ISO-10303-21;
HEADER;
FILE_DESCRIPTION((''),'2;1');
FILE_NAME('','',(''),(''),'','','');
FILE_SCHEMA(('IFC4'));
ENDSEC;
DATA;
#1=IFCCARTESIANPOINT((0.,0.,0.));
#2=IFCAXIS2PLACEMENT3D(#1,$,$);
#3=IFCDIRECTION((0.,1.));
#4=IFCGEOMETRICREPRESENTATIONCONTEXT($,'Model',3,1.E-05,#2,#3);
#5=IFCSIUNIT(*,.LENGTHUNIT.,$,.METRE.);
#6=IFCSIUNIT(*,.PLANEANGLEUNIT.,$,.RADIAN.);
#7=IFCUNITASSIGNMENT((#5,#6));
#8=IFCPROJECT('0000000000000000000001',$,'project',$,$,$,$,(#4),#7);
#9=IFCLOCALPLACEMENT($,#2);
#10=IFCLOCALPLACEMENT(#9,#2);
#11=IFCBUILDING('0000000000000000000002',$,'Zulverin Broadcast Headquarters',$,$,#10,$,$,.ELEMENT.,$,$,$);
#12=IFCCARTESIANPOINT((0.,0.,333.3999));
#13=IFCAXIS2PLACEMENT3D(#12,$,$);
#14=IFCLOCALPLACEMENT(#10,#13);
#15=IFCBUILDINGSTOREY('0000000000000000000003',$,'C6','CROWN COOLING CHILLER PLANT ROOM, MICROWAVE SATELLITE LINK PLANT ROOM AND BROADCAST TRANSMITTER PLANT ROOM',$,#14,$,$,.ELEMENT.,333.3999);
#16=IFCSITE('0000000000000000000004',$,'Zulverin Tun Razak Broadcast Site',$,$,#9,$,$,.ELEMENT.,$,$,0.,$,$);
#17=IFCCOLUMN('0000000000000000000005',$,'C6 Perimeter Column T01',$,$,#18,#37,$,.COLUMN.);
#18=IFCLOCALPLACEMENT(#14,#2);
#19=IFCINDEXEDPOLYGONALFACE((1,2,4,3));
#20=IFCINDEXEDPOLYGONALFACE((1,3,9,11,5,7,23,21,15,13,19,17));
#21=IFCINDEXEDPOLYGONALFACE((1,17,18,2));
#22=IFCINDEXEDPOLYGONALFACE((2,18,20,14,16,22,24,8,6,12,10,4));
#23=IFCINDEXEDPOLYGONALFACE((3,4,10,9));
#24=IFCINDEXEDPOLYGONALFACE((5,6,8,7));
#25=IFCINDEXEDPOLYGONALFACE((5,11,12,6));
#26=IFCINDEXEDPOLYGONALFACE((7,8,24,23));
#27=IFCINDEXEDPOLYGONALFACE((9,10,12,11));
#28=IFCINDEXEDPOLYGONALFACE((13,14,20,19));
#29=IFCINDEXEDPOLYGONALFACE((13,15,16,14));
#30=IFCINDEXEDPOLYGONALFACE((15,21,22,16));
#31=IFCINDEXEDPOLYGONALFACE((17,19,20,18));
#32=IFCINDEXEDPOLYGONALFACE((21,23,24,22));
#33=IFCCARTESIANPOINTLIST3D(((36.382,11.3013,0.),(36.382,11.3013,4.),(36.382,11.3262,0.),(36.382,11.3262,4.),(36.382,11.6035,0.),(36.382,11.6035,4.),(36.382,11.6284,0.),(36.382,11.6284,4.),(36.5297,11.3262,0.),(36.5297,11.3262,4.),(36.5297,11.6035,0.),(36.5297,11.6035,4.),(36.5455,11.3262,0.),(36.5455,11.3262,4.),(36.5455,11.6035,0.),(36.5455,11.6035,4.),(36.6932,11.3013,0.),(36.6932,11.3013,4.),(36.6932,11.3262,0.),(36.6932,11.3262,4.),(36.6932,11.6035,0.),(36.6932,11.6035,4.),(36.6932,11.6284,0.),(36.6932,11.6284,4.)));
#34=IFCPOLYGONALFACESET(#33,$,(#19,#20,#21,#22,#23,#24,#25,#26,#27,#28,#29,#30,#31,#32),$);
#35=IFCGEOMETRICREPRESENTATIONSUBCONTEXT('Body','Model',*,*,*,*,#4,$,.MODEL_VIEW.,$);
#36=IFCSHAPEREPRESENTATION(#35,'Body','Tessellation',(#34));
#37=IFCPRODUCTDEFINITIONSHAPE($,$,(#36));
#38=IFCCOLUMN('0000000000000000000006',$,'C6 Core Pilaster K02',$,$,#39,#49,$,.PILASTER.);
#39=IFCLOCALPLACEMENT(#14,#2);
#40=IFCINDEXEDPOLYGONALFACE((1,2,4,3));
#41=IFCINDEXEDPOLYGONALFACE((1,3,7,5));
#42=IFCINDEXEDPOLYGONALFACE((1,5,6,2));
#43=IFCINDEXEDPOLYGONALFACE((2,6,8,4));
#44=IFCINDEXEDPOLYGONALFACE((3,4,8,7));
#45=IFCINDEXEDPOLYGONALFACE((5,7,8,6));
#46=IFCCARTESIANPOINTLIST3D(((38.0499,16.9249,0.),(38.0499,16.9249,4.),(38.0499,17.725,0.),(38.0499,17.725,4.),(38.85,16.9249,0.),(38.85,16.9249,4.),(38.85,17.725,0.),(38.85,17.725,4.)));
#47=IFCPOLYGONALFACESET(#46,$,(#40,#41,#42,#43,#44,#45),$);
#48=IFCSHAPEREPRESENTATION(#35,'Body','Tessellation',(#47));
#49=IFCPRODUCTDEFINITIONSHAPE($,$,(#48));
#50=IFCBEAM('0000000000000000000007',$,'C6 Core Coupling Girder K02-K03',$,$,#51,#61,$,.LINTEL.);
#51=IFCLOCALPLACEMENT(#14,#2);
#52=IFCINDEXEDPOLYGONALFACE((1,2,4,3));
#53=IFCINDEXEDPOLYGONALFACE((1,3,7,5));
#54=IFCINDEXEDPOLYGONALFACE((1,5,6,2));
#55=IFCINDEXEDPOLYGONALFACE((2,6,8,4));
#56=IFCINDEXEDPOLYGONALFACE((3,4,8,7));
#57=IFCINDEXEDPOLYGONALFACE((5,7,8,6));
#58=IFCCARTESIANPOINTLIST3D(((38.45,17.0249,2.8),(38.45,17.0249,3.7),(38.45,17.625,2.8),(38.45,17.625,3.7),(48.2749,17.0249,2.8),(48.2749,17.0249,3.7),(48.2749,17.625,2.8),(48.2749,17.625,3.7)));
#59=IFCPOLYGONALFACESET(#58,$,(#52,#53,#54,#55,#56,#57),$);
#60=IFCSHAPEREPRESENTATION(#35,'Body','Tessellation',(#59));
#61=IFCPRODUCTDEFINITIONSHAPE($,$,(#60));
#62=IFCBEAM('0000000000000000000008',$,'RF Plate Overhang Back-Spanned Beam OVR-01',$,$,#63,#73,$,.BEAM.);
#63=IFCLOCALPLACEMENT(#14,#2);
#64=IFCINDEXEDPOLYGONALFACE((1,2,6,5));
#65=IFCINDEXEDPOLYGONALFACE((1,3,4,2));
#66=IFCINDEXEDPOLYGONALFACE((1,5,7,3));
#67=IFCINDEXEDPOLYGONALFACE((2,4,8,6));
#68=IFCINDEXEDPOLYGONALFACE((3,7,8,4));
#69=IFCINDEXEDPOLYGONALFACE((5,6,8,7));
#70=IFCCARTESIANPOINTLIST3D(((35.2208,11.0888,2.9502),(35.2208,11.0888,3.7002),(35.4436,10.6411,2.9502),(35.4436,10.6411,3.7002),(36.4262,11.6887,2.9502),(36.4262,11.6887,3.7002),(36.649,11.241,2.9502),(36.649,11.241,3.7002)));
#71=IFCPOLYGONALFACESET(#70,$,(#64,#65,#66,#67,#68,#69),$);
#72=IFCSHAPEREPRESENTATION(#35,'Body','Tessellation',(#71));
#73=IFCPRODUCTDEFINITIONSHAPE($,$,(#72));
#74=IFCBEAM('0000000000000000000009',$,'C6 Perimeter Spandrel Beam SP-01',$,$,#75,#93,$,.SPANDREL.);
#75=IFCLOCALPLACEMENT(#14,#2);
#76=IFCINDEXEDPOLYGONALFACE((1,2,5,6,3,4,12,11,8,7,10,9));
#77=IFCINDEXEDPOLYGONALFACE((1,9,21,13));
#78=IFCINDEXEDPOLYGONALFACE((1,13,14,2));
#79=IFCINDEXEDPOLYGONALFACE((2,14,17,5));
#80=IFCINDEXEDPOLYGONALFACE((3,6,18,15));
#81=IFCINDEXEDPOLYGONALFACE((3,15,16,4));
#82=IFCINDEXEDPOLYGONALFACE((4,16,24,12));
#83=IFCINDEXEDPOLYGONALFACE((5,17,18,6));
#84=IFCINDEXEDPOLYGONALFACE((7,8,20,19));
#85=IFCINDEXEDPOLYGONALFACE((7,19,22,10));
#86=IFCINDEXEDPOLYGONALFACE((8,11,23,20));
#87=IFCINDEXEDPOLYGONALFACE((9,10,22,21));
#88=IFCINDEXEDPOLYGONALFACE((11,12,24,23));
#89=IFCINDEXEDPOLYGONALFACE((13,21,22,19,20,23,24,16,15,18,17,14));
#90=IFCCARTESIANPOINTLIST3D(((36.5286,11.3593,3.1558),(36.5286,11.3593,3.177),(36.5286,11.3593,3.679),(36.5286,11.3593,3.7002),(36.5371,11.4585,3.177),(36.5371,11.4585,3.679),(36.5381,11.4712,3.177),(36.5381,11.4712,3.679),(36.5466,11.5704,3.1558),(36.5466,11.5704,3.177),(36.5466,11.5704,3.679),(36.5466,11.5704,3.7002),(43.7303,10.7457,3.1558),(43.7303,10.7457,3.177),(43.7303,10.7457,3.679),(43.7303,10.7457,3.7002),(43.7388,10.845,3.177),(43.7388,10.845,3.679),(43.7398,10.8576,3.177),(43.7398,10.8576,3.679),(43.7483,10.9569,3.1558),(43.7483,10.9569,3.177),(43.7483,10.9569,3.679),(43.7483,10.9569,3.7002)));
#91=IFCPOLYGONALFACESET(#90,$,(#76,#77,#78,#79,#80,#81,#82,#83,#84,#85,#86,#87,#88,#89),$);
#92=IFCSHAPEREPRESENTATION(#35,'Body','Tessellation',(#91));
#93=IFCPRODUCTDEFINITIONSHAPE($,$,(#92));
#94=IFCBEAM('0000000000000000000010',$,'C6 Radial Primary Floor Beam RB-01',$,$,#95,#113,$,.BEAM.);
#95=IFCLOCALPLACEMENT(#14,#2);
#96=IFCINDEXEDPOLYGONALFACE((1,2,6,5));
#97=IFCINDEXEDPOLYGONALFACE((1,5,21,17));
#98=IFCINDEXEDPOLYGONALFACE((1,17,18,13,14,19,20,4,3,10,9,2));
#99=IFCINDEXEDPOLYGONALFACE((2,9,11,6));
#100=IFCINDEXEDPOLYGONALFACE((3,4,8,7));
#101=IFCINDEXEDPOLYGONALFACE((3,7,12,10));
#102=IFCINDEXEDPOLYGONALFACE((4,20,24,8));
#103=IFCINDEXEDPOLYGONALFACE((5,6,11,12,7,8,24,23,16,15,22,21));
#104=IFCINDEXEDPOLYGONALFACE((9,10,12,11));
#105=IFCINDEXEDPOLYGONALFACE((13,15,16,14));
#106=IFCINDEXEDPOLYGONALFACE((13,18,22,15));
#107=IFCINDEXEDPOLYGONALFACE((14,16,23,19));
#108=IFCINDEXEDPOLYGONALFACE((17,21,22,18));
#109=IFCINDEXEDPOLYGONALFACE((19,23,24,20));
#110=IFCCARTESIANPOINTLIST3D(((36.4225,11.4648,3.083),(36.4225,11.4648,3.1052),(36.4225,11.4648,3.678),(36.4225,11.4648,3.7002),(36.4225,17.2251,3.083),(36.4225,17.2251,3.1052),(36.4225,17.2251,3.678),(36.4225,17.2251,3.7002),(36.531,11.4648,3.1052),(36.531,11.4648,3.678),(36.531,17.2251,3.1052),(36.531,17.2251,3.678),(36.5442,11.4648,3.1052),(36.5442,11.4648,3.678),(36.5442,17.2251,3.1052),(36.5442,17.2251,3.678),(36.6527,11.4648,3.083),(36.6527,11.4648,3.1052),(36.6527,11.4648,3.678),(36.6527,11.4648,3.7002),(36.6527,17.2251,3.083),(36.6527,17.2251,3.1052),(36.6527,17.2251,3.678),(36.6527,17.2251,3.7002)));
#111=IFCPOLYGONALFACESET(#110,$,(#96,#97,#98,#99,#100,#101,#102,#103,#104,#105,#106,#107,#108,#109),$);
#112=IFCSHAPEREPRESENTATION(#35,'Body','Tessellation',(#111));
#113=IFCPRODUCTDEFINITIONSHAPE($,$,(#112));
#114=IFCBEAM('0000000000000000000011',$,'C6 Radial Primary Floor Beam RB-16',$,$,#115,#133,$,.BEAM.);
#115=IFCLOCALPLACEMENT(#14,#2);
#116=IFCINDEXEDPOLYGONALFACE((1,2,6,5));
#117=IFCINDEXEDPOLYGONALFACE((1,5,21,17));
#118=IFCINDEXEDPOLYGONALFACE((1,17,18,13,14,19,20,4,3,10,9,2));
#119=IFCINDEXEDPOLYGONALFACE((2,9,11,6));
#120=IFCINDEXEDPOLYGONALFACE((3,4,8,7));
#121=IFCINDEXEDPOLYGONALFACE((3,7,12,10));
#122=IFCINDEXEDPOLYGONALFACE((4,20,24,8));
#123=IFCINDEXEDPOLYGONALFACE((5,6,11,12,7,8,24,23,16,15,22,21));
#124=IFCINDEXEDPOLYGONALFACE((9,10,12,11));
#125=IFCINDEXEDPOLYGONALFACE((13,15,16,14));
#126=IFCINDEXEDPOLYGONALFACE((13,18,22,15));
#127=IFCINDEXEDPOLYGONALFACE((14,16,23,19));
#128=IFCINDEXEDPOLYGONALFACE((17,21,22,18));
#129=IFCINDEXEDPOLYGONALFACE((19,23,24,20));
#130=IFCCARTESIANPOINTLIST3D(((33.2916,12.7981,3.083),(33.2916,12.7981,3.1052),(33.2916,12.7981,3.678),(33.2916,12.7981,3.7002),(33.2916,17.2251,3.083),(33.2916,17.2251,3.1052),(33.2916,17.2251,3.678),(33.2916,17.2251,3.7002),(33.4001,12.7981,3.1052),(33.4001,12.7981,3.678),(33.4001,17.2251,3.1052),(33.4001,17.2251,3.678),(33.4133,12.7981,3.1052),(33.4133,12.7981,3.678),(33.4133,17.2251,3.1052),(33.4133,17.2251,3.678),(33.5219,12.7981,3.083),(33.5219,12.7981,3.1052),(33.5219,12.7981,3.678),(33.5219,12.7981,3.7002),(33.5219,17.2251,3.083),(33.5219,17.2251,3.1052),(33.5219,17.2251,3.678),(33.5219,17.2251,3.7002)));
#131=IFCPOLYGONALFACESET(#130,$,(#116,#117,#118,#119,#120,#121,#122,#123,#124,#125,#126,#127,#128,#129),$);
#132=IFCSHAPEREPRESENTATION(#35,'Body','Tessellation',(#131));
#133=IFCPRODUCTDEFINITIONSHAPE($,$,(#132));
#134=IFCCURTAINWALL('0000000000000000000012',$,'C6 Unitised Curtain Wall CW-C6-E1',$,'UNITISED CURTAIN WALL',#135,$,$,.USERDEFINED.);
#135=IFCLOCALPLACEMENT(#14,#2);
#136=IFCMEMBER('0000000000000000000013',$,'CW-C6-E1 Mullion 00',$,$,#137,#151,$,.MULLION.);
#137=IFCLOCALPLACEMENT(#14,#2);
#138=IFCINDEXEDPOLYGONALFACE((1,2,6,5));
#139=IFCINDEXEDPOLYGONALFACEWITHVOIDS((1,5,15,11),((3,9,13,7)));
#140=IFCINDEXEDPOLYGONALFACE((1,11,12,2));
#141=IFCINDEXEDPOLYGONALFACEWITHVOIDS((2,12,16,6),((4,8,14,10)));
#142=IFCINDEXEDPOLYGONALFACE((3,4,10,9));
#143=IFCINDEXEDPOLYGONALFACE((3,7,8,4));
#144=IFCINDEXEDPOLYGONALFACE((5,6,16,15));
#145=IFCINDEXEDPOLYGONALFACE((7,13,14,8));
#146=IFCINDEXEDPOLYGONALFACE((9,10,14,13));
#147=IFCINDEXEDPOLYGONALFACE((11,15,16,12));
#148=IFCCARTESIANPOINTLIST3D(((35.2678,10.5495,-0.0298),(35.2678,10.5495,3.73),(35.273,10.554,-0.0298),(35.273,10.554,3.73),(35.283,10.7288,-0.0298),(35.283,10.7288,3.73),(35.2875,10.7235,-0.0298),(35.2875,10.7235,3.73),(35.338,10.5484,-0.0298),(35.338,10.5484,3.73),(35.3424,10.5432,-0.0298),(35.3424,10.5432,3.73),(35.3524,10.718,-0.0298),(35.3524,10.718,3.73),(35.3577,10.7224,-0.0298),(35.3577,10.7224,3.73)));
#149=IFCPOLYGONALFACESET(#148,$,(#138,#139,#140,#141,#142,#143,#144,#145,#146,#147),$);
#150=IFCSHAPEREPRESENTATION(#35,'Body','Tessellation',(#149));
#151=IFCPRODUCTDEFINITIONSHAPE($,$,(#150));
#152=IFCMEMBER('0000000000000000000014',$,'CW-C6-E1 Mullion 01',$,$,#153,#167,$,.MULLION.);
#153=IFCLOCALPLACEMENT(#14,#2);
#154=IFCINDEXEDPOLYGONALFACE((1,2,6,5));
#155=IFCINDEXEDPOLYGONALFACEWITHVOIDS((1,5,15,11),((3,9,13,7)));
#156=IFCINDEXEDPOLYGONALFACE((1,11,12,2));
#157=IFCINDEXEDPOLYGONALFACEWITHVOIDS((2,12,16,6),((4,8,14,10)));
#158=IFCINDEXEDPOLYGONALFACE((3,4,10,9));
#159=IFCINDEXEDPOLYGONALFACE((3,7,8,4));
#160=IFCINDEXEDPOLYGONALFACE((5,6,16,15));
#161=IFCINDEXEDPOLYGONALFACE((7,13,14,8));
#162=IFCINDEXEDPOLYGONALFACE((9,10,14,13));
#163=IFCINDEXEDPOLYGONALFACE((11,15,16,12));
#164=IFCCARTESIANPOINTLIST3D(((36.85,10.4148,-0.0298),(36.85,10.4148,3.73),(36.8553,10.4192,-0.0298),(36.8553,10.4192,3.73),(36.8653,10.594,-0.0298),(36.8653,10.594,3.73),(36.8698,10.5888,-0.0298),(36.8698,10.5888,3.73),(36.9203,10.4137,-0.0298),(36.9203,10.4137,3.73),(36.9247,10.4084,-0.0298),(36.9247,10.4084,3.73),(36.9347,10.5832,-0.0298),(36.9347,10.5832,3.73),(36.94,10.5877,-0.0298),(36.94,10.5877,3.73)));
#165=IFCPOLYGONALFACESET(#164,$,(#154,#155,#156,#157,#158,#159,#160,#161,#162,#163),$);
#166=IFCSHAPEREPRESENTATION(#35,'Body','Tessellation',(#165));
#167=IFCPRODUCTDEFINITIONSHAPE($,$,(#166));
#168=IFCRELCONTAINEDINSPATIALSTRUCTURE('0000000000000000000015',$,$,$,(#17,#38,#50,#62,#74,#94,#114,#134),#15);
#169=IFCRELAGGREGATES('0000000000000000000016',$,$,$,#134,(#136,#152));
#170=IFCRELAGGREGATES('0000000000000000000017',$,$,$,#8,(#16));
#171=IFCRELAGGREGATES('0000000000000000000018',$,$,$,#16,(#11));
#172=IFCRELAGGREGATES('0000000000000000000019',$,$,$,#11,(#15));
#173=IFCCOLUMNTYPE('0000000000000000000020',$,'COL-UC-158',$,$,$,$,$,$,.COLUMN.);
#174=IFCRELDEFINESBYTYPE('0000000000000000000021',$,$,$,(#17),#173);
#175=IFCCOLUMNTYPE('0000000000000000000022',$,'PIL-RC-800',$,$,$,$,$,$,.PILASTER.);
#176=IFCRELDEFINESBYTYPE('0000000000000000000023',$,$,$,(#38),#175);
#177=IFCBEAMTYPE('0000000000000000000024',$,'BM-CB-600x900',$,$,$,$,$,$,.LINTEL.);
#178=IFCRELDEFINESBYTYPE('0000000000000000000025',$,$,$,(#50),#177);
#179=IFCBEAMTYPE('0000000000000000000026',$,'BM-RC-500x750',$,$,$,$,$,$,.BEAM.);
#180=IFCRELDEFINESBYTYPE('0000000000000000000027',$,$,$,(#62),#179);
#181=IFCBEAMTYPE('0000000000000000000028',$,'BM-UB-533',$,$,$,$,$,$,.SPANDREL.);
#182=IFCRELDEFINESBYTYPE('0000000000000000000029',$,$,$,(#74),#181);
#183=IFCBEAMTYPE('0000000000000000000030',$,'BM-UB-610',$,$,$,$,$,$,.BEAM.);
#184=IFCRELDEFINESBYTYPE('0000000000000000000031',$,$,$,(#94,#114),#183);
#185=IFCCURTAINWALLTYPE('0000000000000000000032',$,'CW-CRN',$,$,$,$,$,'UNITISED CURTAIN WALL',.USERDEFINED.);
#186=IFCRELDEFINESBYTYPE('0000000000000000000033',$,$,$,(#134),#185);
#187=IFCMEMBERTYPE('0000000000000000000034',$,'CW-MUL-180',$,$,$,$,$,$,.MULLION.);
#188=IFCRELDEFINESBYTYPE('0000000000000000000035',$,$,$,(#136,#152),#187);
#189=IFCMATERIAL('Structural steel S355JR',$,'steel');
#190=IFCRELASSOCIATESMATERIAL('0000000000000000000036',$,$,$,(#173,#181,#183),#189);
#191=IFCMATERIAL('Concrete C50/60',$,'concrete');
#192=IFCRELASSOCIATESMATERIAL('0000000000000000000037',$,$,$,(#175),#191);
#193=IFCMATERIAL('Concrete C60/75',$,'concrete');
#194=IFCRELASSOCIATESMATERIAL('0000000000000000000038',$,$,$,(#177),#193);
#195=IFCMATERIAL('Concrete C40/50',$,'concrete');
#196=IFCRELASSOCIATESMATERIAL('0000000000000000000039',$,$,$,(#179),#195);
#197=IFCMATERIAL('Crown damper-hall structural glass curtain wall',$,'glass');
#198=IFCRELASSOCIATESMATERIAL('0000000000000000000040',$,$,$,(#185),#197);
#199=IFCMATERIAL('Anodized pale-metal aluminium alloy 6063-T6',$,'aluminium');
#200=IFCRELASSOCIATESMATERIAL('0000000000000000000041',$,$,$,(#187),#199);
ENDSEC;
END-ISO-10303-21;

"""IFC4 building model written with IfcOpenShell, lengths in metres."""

from ifc_helpers import new_model, si_unit, direction, frame, origin, origin_2d, place, context, subcontext, project, spatial, rectangle, hollow_rectangle, i_section, extrude, material, material_profile, profile_set, type_object, element, aggregate, save


model = new_model("IFC4")

# Units and contexts
model_context = context("Model", 3, precision=1e-05, world=origin(), true_north=direction((0.0, 1.0)))
body_context = subcontext(model_context, "Body", "Model", "MODEL_VIEW")
ifc_project = project(units=[si_unit("LENGTHUNIT", "METRE"), si_unit("PLANEANGLEUNIT", "RADIAN")], contexts=[model_context])

# Site, building, storey
site_placement = place(None, origin())
site = spatial("IfcSite", under=ifc_project, at=site_placement, Name="Zulverin Tun Razak Broadcast Site", CompositionType="ELEMENT", RefElevation=0.0)
building_placement = place(site_placement, origin())
building = spatial("IfcBuilding", under=site, at=building_placement, Name="Zulverin Broadcast Headquarters", CompositionType="ELEMENT")
storey_placement = place(building_placement, frame((0.0, 0.0, 333.3999)))
storey = spatial("IfcBuildingStorey", under=building, at=storey_placement, Name="C6", Description="CROWN COOLING CHILLER PLANT ROOM, MICROWAVE SATELLITE LINK PLANT ROOM AND BROADCAST TRANSMITTER PLANT ROOM", CompositionType="ELEMENT", Elevation=333.3999)

# Columns
ifc_material_1 = material(Name="Structural steel S355JR", Category="steel")
ifc_material_profile_1 = material_profile(ifc_material_1, i_section(OverallWidth=0.3113, OverallDepth=0.3271, WebThickness=0.0159, FlangeThickness=0.0249, at=origin_2d()), Name="Structural steel S355JR", Category="steel")
ifc_profile_set_1 = profile_set([ifc_material_profile_1], Name="Structural steel S355JR")
column_type_1 = type_object("IfcColumnType", Name="COL-UC-158", PredefinedType="COLUMN", material=ifc_profile_set_1)
column_1_placement = place(storey_placement, frame((36.5376, 11.4648, 0.0), z_axis=(0.0, 0.0, 1.0), x_axis=(1.0, 0.0, 0.0)))
element("IfcColumn", 1, at=column_1_placement, inside=storey, type_object=column_type_1, Name="C6 Perimeter Column T01", PredefinedType="COLUMN", context=body_context, shape_type="SweptSolid", body=[
    extrude(i_section(OverallWidth=0.3113, OverallDepth=0.3271, WebThickness=0.0159, FlangeThickness=0.0249, at=origin_2d()), origin(), (0.0, 0.0, 1.0), 4.0),
])
ifc_material_2 = material(Name="Concrete C50/60", Category="concrete")
ifc_material_profile_2 = material_profile(ifc_material_2, rectangle(XDim=0.8, YDim=0.8, at=origin_2d()), Name="Concrete C50/60", Category="concrete")
ifc_profile_set_2 = profile_set([ifc_material_profile_2], Name="Concrete C50/60")
column_type_2 = type_object("IfcColumnType", Name="PIL-RC-800", PredefinedType="PILASTER", material=ifc_profile_set_2)
column_2_placement = place(storey_placement, frame((38.45, 17.325, 0.0), z_axis=(0.0, 0.0, 1.0), x_axis=(1.0, 0.0, 0.0)))
element("IfcColumn", 2, at=column_2_placement, inside=storey, type_object=column_type_2, Name="C6 Core Pilaster K02", PredefinedType="PILASTER", context=body_context, shape_type="SweptSolid", body=[
    extrude(rectangle(XDim=0.8, YDim=0.8, at=origin_2d()), origin(), (0.0, 0.0, 1.0), 4.0),
])

# Beams
ifc_material_3 = material(Name="Concrete C60/75", Category="concrete")
ifc_material_profile_3 = material_profile(ifc_material_3, rectangle(XDim=0.6001, YDim=0.8999, at=origin_2d()), Name="Concrete C60/75", Category="concrete")
ifc_profile_set_3 = profile_set([ifc_material_profile_3], Name="Concrete C60/75")
beam_type_1 = type_object("IfcBeamType", Name="BM-CB-600x900", PredefinedType="LINTEL", material=ifc_profile_set_3)
beam_1_placement = place(storey_placement, frame((38.45, 17.325, 3.25), z_axis=(1.0, 0.0, 0.0), x_axis=(0.0, 1.0, 0.0)))
element("IfcBeam", 3, at=beam_1_placement, inside=storey, type_object=beam_type_1, Name="C6 Core Coupling Girder K02-K03", PredefinedType="LINTEL", context=body_context, shape_type="SweptSolid", body=[
    extrude(rectangle(XDim=0.6001, YDim=0.8999, at=origin_2d()), origin(), (0.0, 0.0, 1.0), 9.825),
])
ifc_material_4 = material(Name="Concrete C40/50", Category="concrete")
ifc_material_profile_4 = material_profile(ifc_material_4, rectangle(XDim=0.5, YDim=0.75, at=origin_2d()), Name="Concrete C40/50", Category="concrete")
ifc_profile_set_4 = profile_set([ifc_material_profile_4], Name="Concrete C40/50")
beam_type_2 = type_object("IfcBeamType", Name="BM-RC-500x750", PredefinedType="BEAM", material=ifc_profile_set_4)
beam_2_placement = place(storey_placement, frame((36.5376, 11.4648, 3.3252), z_axis=(-0.89526, -0.445545, 0.0), x_axis=(0.445545, -0.89526, 0.0)))
element("IfcBeam", 4, at=beam_2_placement, inside=storey, type_object=beam_type_2, Name="RF Plate Overhang Back-Spanned Beam OVR-01", PredefinedType="BEAM", context=body_context, shape_type="SweptSolid", body=[
    extrude(rectangle(XDim=0.5, YDim=0.75, at=origin_2d()), origin(), (0.0, 0.0, 1.0), 1.3464),
])
ifc_material_profile_5 = material_profile(ifc_material_1, i_section(OverallWidth=0.2119, OverallDepth=0.5444, WebThickness=0.0127, FlangeThickness=0.0212, at=origin_2d()), Name="Structural steel S355JR", Category="steel")
ifc_profile_set_5 = profile_set([ifc_material_profile_5], Name="Structural steel S355JR")
beam_type_3 = type_object("IfcBeamType", Name="BM-UB-533", PredefinedType="SPANDREL", material=ifc_profile_set_5)
beam_3_placement = place(storey_placement, frame((36.5376, 11.4648, 3.428), z_axis=(0.996391, -0.084885, 0.0), x_axis=(0.084885, 0.996391, 0.0)))
element("IfcBeam", 5, at=beam_3_placement, inside=storey, type_object=beam_type_3, Name="C6 Perimeter Spandrel Beam SP-01", PredefinedType="SPANDREL", context=body_context, shape_type="SweptSolid", body=[
    extrude(i_section(OverallWidth=0.2119, OverallDepth=0.5444, WebThickness=0.0127, FlangeThickness=0.0212, at=origin_2d()), origin(), (0.0, 0.0, 1.0), 7.2278),
])
ifc_material_profile_6 = material_profile(ifc_material_1, i_section(OverallWidth=0.2302, OverallDepth=0.6172, WebThickness=0.0132, FlangeThickness=0.0222, at=origin_2d()), Name="Structural steel S355JR", Category="steel")
ifc_profile_set_6 = profile_set([ifc_material_profile_6], Name="Structural steel S355JR")
beam_type_4 = type_object("IfcBeamType", Name="BM-UB-610", PredefinedType="BEAM", material=ifc_profile_set_6)
beam_4_placement = place(storey_placement, frame((36.5376, 17.2251, 3.3916), z_axis=(0.0, -1.0, 0.0), x_axis=(1.0, 0.0, 0.0)))
element("IfcBeam", 6, at=beam_4_placement, inside=storey, type_object=beam_type_4, Name="C6 Radial Primary Floor Beam RB-01", PredefinedType="BEAM", context=body_context, shape_type="SweptSolid", body=[
    extrude(i_section(OverallWidth=0.2302, OverallDepth=0.6172, WebThickness=0.0132, FlangeThickness=0.0222, at=origin_2d()), origin(), (0.0, 0.0, 1.0), 5.7603),
])
beam_5_placement = place(storey_placement, frame((33.4067, 17.2251, 3.3916), z_axis=(0.0, -1.0, 0.0), x_axis=(1.0, 0.0, 0.0)))
element("IfcBeam", 7, at=beam_5_placement, inside=storey, type_object=beam_type_4, Name="C6 Radial Primary Floor Beam RB-16", PredefinedType="BEAM", context=body_context, shape_type="SweptSolid", body=[
    extrude(i_section(OverallWidth=0.2302, OverallDepth=0.6172, WebThickness=0.0132, FlangeThickness=0.0222, at=origin_2d()), origin(), (0.0, 0.0, 1.0), 4.427),
])

# Curtain wall, members
ifc_material_5 = material(Name="Crown damper-hall structural glass curtain wall", Category="glass")
curtain_wall_type = type_object("IfcCurtainWallType", Name="CW-CRN", ElementType="UNITISED CURTAIN WALL", PredefinedType="USERDEFINED", material=ifc_material_5)
curtain_wall_placement = place(storey_placement, origin())
curtain_wall = element("IfcCurtainWall", 8, at=curtain_wall_placement, inside=storey, type_object=curtain_wall_type, Name="C6 Unitised Curtain Wall CW-C6-E1", ObjectType="UNITISED CURTAIN WALL", PredefinedType="USERDEFINED")
ifc_material_6 = material(Name="Anodized pale-metal aluminium alloy 6063-T6", Category="aluminium")
ifc_material_profile_7 = material_profile(ifc_material_6, hollow_rectangle(XDim=0.075, YDim=0.1799, WallThickness=0.0049, at=origin_2d()), Name="Anodized pale-metal aluminium alloy 6063-T6", Category="aluminium")
ifc_profile_set_7 = profile_set([ifc_material_profile_7], Name="Anodized pale-metal aluminium alloy 6063-T6")
member_type_1 = type_object("IfcMemberType", Name="CW-MUL-180", PredefinedType="MULLION", material=ifc_profile_set_7)
member_1_placement = place(storey_placement, frame((35.3127, 10.636, -0.0298), z_axis=(0.0, 0.0, 1.0), x_axis=(0.996389, -0.0849, 0.0)))
member_1 = element("IfcMember", 9, at=member_1_placement, type_object=member_type_1, Name="CW-C6-E1 Mullion 00", PredefinedType="MULLION", context=body_context, shape_type="SweptSolid", body=[
    extrude(hollow_rectangle(XDim=0.075, YDim=0.1799, WallThickness=0.0049, at=origin_2d()), origin(), (0.0, 0.0, 1.0), 3.7598),
])
member_2_placement = place(storey_placement, frame((36.895, 10.5012, -0.0298), z_axis=(0.0, 0.0, 1.0), x_axis=(0.996389, -0.0849, 0.0)))
member_2 = element("IfcMember", 10, at=member_2_placement, type_object=member_type_1, Name="CW-C6-E1 Mullion 01", PredefinedType="MULLION", context=body_context, shape_type="SweptSolid", body=[
    extrude(hollow_rectangle(XDim=0.075, YDim=0.1799, WallThickness=0.0049, at=origin_2d()), origin(), (0.0, 0.0, 1.0), 3.7598),
])
aggregate(curtain_wall, [member_1, member_2])

save(model, "model.ifc")
